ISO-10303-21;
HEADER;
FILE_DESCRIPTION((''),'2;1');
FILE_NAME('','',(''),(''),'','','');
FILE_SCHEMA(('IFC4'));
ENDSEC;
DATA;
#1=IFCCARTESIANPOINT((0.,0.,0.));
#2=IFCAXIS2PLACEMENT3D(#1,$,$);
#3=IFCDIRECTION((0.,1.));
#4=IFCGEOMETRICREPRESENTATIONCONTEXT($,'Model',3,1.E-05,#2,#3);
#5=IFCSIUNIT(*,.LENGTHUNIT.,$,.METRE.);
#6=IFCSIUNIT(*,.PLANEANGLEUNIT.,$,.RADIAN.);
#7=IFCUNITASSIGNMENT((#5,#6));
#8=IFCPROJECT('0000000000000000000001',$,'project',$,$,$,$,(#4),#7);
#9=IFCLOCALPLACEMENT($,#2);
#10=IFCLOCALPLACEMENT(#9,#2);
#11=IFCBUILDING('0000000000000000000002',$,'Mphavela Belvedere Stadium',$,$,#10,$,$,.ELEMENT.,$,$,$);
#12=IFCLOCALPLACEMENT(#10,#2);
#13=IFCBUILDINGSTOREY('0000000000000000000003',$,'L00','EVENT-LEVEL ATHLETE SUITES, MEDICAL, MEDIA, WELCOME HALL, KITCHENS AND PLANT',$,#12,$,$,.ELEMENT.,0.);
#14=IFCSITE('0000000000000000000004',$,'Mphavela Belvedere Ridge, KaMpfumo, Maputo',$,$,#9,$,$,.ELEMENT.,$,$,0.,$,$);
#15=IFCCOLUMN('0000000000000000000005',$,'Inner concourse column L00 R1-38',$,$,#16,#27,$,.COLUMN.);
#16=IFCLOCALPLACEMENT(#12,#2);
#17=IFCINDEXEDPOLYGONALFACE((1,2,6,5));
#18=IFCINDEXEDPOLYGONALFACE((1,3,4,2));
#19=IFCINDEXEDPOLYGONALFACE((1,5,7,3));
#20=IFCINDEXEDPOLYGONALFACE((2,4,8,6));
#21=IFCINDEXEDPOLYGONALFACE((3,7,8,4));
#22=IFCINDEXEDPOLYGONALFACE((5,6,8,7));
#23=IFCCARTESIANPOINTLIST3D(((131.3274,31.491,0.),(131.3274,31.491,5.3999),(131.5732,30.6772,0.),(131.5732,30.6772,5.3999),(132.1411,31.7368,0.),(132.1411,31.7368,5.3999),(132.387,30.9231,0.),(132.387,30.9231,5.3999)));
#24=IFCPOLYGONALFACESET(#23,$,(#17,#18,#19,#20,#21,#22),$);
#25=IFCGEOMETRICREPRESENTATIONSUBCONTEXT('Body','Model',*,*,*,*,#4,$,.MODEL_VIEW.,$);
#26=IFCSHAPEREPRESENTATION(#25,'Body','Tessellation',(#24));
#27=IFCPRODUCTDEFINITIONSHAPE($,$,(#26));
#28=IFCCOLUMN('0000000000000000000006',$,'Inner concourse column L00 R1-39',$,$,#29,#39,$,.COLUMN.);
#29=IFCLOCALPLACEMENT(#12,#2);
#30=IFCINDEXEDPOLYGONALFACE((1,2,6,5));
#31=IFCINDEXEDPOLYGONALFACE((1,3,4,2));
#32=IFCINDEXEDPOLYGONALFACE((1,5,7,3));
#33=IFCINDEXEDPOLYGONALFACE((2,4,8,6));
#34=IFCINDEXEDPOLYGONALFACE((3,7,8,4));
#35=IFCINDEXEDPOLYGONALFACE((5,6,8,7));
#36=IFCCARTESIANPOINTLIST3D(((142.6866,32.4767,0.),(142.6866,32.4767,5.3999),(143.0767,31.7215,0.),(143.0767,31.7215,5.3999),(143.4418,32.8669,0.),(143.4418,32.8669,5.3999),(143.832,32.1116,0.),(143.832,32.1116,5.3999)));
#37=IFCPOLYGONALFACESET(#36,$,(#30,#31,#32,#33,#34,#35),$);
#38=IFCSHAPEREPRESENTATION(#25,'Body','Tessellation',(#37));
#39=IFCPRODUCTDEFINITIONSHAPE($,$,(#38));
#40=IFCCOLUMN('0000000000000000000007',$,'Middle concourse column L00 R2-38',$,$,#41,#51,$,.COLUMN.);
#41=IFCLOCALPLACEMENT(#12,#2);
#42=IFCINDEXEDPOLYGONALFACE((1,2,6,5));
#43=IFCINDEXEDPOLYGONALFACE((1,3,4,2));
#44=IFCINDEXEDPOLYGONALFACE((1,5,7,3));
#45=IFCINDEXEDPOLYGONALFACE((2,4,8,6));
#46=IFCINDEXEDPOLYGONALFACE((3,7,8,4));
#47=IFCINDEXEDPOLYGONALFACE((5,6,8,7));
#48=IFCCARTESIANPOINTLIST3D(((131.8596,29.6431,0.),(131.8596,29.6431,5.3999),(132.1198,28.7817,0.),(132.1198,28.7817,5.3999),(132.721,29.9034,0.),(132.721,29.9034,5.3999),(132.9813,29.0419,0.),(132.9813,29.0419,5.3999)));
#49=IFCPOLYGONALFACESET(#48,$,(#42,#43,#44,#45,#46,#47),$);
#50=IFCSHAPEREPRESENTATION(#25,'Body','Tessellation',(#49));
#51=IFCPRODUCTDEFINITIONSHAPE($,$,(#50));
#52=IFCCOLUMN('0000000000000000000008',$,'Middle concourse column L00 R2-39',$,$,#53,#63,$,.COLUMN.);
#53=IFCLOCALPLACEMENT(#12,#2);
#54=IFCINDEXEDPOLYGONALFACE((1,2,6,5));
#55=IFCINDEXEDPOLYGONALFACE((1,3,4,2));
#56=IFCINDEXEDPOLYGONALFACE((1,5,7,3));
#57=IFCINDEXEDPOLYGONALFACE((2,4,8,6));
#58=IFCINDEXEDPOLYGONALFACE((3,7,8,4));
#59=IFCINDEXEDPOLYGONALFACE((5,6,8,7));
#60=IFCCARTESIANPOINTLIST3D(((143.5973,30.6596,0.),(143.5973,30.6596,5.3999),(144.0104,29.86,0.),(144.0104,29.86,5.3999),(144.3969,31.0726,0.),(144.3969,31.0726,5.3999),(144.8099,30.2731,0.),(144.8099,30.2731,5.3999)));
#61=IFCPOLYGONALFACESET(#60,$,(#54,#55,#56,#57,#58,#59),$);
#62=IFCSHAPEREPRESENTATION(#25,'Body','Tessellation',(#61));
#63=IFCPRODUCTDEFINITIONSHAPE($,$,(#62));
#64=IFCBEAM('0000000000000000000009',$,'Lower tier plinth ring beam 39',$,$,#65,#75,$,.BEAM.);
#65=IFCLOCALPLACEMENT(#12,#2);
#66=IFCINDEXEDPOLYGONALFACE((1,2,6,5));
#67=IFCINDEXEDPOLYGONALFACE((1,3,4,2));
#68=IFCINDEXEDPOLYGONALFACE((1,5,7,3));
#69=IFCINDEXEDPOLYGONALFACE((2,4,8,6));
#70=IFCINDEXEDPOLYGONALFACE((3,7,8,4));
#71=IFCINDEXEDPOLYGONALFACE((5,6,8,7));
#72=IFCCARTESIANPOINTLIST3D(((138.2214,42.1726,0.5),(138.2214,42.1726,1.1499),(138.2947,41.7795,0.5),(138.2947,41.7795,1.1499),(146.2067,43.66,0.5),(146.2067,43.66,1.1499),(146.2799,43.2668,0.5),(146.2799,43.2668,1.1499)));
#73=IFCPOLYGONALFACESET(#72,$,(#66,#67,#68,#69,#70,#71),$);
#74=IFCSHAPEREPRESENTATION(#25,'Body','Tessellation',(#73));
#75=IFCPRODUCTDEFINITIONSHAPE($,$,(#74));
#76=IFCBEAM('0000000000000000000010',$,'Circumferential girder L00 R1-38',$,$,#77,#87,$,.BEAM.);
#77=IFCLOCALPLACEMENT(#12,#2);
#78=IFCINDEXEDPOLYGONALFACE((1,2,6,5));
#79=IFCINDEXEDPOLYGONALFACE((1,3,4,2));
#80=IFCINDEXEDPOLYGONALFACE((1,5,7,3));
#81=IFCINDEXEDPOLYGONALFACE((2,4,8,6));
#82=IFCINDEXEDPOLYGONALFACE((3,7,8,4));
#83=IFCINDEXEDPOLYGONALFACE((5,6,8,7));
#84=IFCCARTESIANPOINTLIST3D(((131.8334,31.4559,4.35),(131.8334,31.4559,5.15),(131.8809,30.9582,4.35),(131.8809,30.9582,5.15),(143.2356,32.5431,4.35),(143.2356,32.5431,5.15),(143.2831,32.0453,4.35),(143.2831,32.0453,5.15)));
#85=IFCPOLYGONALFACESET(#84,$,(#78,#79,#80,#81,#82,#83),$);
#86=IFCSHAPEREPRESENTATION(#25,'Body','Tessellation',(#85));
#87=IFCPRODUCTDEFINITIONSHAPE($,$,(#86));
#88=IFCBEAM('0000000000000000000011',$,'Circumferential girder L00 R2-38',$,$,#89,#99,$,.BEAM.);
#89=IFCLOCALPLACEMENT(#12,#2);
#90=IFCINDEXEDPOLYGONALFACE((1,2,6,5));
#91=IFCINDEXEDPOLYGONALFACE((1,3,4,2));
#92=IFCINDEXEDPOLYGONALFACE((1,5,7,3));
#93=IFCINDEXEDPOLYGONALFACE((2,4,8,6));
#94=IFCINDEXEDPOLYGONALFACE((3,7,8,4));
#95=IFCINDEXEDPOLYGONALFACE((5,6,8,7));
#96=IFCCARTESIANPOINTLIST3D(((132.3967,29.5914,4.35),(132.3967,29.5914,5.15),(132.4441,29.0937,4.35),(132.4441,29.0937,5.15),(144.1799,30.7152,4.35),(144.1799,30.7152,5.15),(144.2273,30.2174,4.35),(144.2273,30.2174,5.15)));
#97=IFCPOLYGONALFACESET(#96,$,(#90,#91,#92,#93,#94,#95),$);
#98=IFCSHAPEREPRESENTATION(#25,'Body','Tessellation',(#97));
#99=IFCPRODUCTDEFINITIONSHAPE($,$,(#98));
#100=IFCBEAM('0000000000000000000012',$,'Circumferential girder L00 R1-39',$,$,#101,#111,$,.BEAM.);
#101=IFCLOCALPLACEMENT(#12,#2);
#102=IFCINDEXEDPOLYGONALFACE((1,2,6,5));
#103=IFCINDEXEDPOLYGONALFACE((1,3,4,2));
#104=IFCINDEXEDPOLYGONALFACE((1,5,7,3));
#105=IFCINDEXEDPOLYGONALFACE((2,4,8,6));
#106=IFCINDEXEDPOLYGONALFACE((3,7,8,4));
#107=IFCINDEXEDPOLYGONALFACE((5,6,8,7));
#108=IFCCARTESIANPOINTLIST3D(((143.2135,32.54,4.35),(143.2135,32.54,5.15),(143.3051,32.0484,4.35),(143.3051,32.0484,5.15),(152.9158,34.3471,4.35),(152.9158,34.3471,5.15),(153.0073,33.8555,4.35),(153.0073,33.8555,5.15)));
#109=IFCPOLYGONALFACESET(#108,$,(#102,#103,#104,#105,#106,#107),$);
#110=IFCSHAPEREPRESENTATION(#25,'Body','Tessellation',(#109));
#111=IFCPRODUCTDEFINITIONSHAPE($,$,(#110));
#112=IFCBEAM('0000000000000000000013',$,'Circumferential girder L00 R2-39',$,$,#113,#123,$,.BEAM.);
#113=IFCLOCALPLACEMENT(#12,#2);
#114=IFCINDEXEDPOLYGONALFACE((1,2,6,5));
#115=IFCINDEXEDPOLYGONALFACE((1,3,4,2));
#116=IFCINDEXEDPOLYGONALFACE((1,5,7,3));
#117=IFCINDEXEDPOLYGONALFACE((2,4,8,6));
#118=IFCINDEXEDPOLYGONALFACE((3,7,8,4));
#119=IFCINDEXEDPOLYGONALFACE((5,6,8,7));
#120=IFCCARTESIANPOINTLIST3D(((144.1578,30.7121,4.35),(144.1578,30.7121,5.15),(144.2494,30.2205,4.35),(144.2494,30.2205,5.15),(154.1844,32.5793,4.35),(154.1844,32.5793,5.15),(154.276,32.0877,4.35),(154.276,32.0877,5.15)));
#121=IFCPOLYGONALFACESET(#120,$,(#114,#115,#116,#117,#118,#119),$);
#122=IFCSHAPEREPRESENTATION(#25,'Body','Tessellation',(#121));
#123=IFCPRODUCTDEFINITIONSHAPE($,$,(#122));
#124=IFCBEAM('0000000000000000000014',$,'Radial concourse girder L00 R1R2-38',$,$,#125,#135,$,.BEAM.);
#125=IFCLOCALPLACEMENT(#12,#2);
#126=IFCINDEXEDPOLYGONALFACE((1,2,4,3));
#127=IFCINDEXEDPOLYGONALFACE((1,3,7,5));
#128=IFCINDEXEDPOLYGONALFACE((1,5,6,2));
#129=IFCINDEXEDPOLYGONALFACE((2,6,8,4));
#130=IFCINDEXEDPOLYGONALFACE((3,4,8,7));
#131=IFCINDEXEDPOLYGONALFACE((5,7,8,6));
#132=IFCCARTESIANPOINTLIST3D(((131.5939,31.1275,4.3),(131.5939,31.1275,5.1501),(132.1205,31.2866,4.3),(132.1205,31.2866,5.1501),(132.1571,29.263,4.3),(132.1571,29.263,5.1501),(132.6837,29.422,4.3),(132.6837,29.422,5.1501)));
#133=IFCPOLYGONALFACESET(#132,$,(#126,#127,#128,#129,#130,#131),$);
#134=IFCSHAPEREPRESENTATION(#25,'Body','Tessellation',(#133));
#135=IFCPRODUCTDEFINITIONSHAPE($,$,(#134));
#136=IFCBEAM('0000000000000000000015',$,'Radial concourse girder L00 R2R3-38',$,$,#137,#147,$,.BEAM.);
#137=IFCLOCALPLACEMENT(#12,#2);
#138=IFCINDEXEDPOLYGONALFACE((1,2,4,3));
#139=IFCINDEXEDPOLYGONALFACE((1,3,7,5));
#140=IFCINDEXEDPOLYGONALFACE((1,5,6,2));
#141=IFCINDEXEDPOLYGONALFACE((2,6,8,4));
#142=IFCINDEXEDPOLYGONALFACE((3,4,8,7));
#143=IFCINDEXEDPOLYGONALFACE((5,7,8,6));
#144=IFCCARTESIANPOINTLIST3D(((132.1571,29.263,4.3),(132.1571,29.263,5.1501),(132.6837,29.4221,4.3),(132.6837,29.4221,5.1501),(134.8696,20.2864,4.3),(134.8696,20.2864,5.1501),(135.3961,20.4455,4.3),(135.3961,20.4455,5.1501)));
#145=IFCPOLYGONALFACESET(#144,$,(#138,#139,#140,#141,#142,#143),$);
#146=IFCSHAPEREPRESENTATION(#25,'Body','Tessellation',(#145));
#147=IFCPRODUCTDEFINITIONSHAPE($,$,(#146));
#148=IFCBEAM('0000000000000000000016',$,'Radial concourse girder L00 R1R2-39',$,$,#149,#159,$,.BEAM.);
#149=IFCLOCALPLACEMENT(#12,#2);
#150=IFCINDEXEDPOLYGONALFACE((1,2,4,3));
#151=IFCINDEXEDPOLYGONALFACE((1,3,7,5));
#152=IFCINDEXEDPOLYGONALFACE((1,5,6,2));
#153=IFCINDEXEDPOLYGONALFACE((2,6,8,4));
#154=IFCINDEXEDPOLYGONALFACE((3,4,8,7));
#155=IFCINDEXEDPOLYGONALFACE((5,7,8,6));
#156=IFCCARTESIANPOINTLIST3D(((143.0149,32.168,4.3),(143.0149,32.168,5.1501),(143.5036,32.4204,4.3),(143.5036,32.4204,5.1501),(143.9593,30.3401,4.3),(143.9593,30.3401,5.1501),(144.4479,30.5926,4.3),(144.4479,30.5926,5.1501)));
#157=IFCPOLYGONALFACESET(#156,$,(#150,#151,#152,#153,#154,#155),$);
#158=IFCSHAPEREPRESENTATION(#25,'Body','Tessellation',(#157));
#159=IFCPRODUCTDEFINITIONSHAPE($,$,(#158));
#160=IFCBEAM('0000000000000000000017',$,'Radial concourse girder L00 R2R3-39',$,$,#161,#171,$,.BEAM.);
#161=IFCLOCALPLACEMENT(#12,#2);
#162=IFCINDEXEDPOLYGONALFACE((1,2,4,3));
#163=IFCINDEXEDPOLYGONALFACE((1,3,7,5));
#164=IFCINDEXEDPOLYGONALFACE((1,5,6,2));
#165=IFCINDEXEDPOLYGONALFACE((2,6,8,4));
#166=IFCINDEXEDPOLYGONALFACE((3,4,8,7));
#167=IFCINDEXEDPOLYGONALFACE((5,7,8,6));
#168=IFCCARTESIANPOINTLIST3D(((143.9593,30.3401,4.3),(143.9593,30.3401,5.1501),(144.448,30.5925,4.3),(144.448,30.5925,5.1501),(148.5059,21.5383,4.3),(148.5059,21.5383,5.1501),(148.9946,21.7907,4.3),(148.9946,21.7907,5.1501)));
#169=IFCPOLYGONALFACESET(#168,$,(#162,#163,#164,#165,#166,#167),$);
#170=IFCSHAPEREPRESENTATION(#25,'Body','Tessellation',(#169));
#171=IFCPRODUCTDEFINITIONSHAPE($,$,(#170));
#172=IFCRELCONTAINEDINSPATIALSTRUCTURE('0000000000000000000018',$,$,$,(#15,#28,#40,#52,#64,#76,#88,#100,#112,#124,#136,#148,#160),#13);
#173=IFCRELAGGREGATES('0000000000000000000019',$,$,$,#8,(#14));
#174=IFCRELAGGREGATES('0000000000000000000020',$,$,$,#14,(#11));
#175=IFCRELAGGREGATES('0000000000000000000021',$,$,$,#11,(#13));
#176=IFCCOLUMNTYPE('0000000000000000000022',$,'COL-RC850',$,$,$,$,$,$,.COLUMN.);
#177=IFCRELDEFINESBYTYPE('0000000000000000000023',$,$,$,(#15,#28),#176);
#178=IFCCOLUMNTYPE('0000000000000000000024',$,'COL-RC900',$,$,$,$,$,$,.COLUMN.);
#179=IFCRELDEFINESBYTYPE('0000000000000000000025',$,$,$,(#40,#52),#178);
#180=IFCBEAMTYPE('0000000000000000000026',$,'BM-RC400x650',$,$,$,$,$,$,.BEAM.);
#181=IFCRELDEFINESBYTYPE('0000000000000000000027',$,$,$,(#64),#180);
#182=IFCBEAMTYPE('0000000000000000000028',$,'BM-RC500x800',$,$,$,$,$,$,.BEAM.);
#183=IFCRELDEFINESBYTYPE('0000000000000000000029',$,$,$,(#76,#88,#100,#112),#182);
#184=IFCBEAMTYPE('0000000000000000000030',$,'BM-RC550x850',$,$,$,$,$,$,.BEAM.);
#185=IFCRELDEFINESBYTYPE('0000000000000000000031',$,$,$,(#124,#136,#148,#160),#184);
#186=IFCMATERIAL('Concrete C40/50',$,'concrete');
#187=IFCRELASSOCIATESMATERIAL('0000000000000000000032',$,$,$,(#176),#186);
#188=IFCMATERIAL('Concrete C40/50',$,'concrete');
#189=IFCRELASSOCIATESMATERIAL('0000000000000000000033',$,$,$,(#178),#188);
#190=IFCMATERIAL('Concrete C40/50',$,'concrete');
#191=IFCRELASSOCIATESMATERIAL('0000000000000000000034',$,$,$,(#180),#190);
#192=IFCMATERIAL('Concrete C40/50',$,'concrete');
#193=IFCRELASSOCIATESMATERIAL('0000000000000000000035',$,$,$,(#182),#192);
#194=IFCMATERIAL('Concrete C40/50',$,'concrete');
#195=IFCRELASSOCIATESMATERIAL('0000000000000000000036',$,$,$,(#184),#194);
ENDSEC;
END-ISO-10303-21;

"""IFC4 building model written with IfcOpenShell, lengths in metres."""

from ifc_helpers import new_model, si_unit, direction, frame, origin, origin_2d, place, context, subcontext, project, spatial, rectangle, extrude, material, material_profile, profile_set, type_object, element, save


model = new_model("IFC4")

# Units and contexts
model_context = context("Model", 3, precision=1e-05, world=origin(), true_north=direction((0.0, 1.0)))
body_context = subcontext(model_context, "Body", "Model", "MODEL_VIEW")
ifc_project = project(units=[si_unit("LENGTHUNIT", "METRE"), si_unit("PLANEANGLEUNIT", "RADIAN")], contexts=[model_context])

# Site, building, storey
site_placement = place(None, origin())
site = spatial("IfcSite", under=ifc_project, at=site_placement, Name="Mphavela Belvedere Ridge, KaMpfumo, Maputo", CompositionType="ELEMENT", RefElevation=0.0)
building_placement = place(site_placement, origin())
building = spatial("IfcBuilding", under=site, at=building_placement, Name="Mphavela Belvedere Stadium", CompositionType="ELEMENT")
storey_placement = place(building_placement, origin())
storey = spatial("IfcBuildingStorey", under=building, at=storey_placement, Name="L00", Description="EVENT-LEVEL ATHLETE SUITES, MEDICAL, MEDIA, WELCOME HALL, KITCHENS AND PLANT", CompositionType="ELEMENT", Elevation=0.0)

# Columns
ifc_material_1 = material(Name="Concrete C40/50", Category="concrete")
ifc_material_profile_1 = material_profile(ifc_material_1, rectangle(XDim=0.8501, YDim=0.8501, at=origin_2d()), Name="RC 850x850")
ifc_profile_set_1 = profile_set([ifc_material_profile_1], Name="Concrete C40/50")
column_type_1 = type_object("IfcColumnType", Name="COL-RC850", PredefinedType="COLUMN", material=ifc_profile_set_1)
for number, where, z_axis, x_axis, name in (
    (1, (131.8572, 31.207, 0.0), (0.0, 0.0, 1.0), (0.289199, -0.957269, 0.0), "Inner concourse column L00 R1-38"),
    (2, (143.2593, 32.2942, 0.0), (0.0, 0.0, 1.0), (0.45896, -0.888457, 0.0), "Inner concourse column L00 R1-39"),
):
    element("IfcColumn", number, at=place(storey_placement, frame(where, z_axis=z_axis, x_axis=x_axis)), inside=storey, type_object=column_type_1, Name=name, PredefinedType="COLUMN", context=body_context, shape_type="SweptSolid", body=[
        extrude(rectangle(XDim=0.8501, YDim=0.8501, at=origin_2d()), origin(), (0.0, 0.0, 1.0), 5.3999),
    ])
ifc_material_2 = material(Name="Concrete C40/50", Category="concrete")
ifc_material_profile_2 = material_profile(ifc_material_2, rectangle(XDim=0.8999, YDim=0.8999, at=origin_2d()), Name="RC 900x900")
ifc_profile_set_2 = profile_set([ifc_material_profile_2], Name="Concrete C40/50")
column_type_2 = type_object("IfcColumnType", Name="COL-RC900", PredefinedType="COLUMN", material=ifc_profile_set_2)
for number, where, z_axis, x_axis, name in (
    (3, (132.4204, 29.3425, 0.0), (0.0, 0.0, 1.0), (0.289199, -0.957269, 0.0), "Middle concourse column L00 R2-38"),
    (4, (144.2036, 30.4663, 0.0), (0.0, 0.0, 1.0), (0.45896, -0.888457, 0.0), "Middle concourse column L00 R2-39"),
):
    element("IfcColumn", number, at=place(storey_placement, frame(where, z_axis=z_axis, x_axis=x_axis)), inside=storey, type_object=column_type_2, Name=name, PredefinedType="COLUMN", context=body_context, shape_type="SweptSolid", body=[
        extrude(rectangle(XDim=0.8999, YDim=0.8999, at=origin_2d()), origin(), (0.0, 0.0, 1.0), 5.3999),
    ])

# Beams
ifc_material_3 = material(Name="Concrete C40/50", Category="concrete")
ifc_material_profile_3 = material_profile(ifc_material_3, rectangle(XDim=0.3999, YDim=0.6499, at=origin_2d()), Name="RC 400x650")
ifc_profile_set_3 = profile_set([ifc_material_profile_3], Name="Concrete C40/50")
beam_type_1 = type_object("IfcBeamType", Name="BM-RC400x650", PredefinedType="BEAM", material=ifc_profile_set_3)
beam_1_placement = place(storey_placement, frame((138.2581, 41.9761, 0.825), z_axis=(0.983092, 0.183111, 0.0), x_axis=(-0.183111, 0.983092, 0.0)))
element("IfcBeam", 5, at=beam_1_placement, inside=storey, type_object=beam_type_1, Name="Lower tier plinth ring beam 39", PredefinedType="BEAM", context=body_context, shape_type="SweptSolid", body=[
    extrude(rectangle(XDim=0.3999, YDim=0.6499, at=origin_2d()), origin(), (0.0, 0.0, 1.0), 8.1226),
])
ifc_material_4 = material(Name="Concrete C40/50", Category="concrete")
ifc_material_profile_4 = material_profile(ifc_material_4, rectangle(XDim=0.5, YDim=0.8, at=origin_2d()), Name="RC 500x800")
ifc_profile_set_4 = profile_set([ifc_material_profile_4], Name="Concrete C40/50")
beam_type_2 = type_object("IfcBeamType", Name="BM-RC500x800", PredefinedType="BEAM", material=ifc_profile_set_4)
beam_2_placement = place(storey_placement, frame((131.8572, 31.207, 4.75), z_axis=(0.995485, 0.094917, 0.0), x_axis=(-0.094917, 0.995485, 0.0)))
element("IfcBeam", 6, at=beam_2_placement, inside=storey, type_object=beam_type_2, Name="Circumferential girder L00 R1-38", PredefinedType="BEAM", context=body_context, shape_type="SweptSolid", body=[
    extrude(rectangle(XDim=0.5, YDim=0.8, at=origin_2d()), origin(), (0.0, 0.0, 1.0), 11.4539),
])
beam_3_placement = place(storey_placement, frame((132.4204, 29.3425, 4.75), z_axis=(0.995483, 0.09494, 0.0), x_axis=(-0.09494, 0.995483, 0.0)))
element("IfcBeam", 7, at=beam_3_placement, inside=storey, type_object=beam_type_2, Name="Circumferential girder L00 R2-38", PredefinedType="BEAM", context=body_context, shape_type="SweptSolid", body=[
    extrude(rectangle(XDim=0.5, YDim=0.8, at=origin_2d()), origin(), (0.0, 0.0, 1.0), 11.8367),
])
beam_4_placement = place(storey_placement, frame((143.2593, 32.2942, 4.75), z_axis=(0.983093, 0.183107, 0.0), x_axis=(-0.183107, 0.983093, 0.0)))
element("IfcBeam", 8, at=beam_4_placement, inside=storey, type_object=beam_type_2, Name="Circumferential girder L00 R1-39", PredefinedType="BEAM", context=body_context, shape_type="SweptSolid", body=[
    extrude(rectangle(XDim=0.5, YDim=0.8, at=origin_2d()), origin(), (0.0, 0.0, 1.0), 9.8691),
])
beam_5_placement = place(storey_placement, frame((144.2036, 30.4663, 4.75), z_axis=(0.983099, 0.183076, 0.0), x_axis=(-0.183076, 0.983099, 0.0)))
element("IfcBeam", 9, at=beam_5_placement, inside=storey, type_object=beam_type_2, Name="Circumferential girder L00 R2-39", PredefinedType="BEAM", context=body_context, shape_type="SweptSolid", body=[
    extrude(rectangle(XDim=0.5, YDim=0.8, at=origin_2d()), origin(), (0.0, 0.0, 1.0), 10.199),
])
ifc_material_5 = material(Name="Concrete C40/50", Category="concrete")
ifc_material_profile_5 = material_profile(ifc_material_5, rectangle(XDim=0.55, YDim=0.8501, at=origin_2d()), Name="RC 550x850")
ifc_profile_set_5 = profile_set([ifc_material_profile_5], Name="Concrete C40/50")
beam_type_3 = type_object("IfcBeamType", Name="BM-RC550x850", PredefinedType="BEAM", material=ifc_profile_set_5)
beam_6_placement = place(storey_placement, frame((131.8572, 31.207, 4.7251), z_axis=(0.289176, -0.957276, 0.0), x_axis=(0.957276, 0.289176, 0.0)))
element("IfcBeam", 10, at=beam_6_placement, inside=storey, type_object=beam_type_3, Name="Radial concourse girder L00 R1R2-38", PredefinedType="BEAM", context=body_context, shape_type="SweptSolid", body=[
    extrude(rectangle(XDim=0.55, YDim=0.8501, at=origin_2d()), origin(), (0.0, 0.0, 1.0), 1.9478),
])
beam_7_placement = place(storey_placement, frame((132.4204, 29.3425, 4.7251), z_axis=(0.289249, -0.957254, 0.0), x_axis=(0.957254, 0.289249, 0.0)))
element("IfcBeam", 11, at=beam_7_placement, inside=storey, type_object=beam_type_3, Name="Radial concourse girder L00 R2R3-38", PredefinedType="BEAM", context=body_context, shape_type="SweptSolid", body=[
    extrude(rectangle(XDim=0.55, YDim=0.8501, at=origin_2d()), origin(), (0.0, 0.0, 1.0), 9.3774),
])
beam_8_placement = place(storey_placement, frame((143.2593, 32.2942, 4.7251), z_axis=(0.458994, -0.88844, 0.0), x_axis=(0.88844, 0.458994, 0.0)))
element("IfcBeam", 12, at=beam_8_placement, inside=storey, type_object=beam_type_3, Name="Radial concourse girder L00 R1R2-39", PredefinedType="BEAM", context=body_context, shape_type="SweptSolid", body=[
    extrude(rectangle(XDim=0.55, YDim=0.8501, at=origin_2d()), origin(), (0.0, 0.0, 1.0), 2.0574),
])
beam_9_placement = place(storey_placement, frame((144.2036, 30.4663, 4.7251), z_axis=(0.458945, -0.888465, 0.0), x_axis=(0.888465, 0.458945, 0.0)))
element("IfcBeam", 13, at=beam_9_placement, inside=storey, type_object=beam_type_3, Name="Radial concourse girder L00 R2R3-39", PredefinedType="BEAM", context=body_context, shape_type="SweptSolid", body=[
    extrude(rectangle(XDim=0.55, YDim=0.8501, at=origin_2d()), origin(), (0.0, 0.0, 1.0), 9.9067),
])

save(model, "model.ifc")
